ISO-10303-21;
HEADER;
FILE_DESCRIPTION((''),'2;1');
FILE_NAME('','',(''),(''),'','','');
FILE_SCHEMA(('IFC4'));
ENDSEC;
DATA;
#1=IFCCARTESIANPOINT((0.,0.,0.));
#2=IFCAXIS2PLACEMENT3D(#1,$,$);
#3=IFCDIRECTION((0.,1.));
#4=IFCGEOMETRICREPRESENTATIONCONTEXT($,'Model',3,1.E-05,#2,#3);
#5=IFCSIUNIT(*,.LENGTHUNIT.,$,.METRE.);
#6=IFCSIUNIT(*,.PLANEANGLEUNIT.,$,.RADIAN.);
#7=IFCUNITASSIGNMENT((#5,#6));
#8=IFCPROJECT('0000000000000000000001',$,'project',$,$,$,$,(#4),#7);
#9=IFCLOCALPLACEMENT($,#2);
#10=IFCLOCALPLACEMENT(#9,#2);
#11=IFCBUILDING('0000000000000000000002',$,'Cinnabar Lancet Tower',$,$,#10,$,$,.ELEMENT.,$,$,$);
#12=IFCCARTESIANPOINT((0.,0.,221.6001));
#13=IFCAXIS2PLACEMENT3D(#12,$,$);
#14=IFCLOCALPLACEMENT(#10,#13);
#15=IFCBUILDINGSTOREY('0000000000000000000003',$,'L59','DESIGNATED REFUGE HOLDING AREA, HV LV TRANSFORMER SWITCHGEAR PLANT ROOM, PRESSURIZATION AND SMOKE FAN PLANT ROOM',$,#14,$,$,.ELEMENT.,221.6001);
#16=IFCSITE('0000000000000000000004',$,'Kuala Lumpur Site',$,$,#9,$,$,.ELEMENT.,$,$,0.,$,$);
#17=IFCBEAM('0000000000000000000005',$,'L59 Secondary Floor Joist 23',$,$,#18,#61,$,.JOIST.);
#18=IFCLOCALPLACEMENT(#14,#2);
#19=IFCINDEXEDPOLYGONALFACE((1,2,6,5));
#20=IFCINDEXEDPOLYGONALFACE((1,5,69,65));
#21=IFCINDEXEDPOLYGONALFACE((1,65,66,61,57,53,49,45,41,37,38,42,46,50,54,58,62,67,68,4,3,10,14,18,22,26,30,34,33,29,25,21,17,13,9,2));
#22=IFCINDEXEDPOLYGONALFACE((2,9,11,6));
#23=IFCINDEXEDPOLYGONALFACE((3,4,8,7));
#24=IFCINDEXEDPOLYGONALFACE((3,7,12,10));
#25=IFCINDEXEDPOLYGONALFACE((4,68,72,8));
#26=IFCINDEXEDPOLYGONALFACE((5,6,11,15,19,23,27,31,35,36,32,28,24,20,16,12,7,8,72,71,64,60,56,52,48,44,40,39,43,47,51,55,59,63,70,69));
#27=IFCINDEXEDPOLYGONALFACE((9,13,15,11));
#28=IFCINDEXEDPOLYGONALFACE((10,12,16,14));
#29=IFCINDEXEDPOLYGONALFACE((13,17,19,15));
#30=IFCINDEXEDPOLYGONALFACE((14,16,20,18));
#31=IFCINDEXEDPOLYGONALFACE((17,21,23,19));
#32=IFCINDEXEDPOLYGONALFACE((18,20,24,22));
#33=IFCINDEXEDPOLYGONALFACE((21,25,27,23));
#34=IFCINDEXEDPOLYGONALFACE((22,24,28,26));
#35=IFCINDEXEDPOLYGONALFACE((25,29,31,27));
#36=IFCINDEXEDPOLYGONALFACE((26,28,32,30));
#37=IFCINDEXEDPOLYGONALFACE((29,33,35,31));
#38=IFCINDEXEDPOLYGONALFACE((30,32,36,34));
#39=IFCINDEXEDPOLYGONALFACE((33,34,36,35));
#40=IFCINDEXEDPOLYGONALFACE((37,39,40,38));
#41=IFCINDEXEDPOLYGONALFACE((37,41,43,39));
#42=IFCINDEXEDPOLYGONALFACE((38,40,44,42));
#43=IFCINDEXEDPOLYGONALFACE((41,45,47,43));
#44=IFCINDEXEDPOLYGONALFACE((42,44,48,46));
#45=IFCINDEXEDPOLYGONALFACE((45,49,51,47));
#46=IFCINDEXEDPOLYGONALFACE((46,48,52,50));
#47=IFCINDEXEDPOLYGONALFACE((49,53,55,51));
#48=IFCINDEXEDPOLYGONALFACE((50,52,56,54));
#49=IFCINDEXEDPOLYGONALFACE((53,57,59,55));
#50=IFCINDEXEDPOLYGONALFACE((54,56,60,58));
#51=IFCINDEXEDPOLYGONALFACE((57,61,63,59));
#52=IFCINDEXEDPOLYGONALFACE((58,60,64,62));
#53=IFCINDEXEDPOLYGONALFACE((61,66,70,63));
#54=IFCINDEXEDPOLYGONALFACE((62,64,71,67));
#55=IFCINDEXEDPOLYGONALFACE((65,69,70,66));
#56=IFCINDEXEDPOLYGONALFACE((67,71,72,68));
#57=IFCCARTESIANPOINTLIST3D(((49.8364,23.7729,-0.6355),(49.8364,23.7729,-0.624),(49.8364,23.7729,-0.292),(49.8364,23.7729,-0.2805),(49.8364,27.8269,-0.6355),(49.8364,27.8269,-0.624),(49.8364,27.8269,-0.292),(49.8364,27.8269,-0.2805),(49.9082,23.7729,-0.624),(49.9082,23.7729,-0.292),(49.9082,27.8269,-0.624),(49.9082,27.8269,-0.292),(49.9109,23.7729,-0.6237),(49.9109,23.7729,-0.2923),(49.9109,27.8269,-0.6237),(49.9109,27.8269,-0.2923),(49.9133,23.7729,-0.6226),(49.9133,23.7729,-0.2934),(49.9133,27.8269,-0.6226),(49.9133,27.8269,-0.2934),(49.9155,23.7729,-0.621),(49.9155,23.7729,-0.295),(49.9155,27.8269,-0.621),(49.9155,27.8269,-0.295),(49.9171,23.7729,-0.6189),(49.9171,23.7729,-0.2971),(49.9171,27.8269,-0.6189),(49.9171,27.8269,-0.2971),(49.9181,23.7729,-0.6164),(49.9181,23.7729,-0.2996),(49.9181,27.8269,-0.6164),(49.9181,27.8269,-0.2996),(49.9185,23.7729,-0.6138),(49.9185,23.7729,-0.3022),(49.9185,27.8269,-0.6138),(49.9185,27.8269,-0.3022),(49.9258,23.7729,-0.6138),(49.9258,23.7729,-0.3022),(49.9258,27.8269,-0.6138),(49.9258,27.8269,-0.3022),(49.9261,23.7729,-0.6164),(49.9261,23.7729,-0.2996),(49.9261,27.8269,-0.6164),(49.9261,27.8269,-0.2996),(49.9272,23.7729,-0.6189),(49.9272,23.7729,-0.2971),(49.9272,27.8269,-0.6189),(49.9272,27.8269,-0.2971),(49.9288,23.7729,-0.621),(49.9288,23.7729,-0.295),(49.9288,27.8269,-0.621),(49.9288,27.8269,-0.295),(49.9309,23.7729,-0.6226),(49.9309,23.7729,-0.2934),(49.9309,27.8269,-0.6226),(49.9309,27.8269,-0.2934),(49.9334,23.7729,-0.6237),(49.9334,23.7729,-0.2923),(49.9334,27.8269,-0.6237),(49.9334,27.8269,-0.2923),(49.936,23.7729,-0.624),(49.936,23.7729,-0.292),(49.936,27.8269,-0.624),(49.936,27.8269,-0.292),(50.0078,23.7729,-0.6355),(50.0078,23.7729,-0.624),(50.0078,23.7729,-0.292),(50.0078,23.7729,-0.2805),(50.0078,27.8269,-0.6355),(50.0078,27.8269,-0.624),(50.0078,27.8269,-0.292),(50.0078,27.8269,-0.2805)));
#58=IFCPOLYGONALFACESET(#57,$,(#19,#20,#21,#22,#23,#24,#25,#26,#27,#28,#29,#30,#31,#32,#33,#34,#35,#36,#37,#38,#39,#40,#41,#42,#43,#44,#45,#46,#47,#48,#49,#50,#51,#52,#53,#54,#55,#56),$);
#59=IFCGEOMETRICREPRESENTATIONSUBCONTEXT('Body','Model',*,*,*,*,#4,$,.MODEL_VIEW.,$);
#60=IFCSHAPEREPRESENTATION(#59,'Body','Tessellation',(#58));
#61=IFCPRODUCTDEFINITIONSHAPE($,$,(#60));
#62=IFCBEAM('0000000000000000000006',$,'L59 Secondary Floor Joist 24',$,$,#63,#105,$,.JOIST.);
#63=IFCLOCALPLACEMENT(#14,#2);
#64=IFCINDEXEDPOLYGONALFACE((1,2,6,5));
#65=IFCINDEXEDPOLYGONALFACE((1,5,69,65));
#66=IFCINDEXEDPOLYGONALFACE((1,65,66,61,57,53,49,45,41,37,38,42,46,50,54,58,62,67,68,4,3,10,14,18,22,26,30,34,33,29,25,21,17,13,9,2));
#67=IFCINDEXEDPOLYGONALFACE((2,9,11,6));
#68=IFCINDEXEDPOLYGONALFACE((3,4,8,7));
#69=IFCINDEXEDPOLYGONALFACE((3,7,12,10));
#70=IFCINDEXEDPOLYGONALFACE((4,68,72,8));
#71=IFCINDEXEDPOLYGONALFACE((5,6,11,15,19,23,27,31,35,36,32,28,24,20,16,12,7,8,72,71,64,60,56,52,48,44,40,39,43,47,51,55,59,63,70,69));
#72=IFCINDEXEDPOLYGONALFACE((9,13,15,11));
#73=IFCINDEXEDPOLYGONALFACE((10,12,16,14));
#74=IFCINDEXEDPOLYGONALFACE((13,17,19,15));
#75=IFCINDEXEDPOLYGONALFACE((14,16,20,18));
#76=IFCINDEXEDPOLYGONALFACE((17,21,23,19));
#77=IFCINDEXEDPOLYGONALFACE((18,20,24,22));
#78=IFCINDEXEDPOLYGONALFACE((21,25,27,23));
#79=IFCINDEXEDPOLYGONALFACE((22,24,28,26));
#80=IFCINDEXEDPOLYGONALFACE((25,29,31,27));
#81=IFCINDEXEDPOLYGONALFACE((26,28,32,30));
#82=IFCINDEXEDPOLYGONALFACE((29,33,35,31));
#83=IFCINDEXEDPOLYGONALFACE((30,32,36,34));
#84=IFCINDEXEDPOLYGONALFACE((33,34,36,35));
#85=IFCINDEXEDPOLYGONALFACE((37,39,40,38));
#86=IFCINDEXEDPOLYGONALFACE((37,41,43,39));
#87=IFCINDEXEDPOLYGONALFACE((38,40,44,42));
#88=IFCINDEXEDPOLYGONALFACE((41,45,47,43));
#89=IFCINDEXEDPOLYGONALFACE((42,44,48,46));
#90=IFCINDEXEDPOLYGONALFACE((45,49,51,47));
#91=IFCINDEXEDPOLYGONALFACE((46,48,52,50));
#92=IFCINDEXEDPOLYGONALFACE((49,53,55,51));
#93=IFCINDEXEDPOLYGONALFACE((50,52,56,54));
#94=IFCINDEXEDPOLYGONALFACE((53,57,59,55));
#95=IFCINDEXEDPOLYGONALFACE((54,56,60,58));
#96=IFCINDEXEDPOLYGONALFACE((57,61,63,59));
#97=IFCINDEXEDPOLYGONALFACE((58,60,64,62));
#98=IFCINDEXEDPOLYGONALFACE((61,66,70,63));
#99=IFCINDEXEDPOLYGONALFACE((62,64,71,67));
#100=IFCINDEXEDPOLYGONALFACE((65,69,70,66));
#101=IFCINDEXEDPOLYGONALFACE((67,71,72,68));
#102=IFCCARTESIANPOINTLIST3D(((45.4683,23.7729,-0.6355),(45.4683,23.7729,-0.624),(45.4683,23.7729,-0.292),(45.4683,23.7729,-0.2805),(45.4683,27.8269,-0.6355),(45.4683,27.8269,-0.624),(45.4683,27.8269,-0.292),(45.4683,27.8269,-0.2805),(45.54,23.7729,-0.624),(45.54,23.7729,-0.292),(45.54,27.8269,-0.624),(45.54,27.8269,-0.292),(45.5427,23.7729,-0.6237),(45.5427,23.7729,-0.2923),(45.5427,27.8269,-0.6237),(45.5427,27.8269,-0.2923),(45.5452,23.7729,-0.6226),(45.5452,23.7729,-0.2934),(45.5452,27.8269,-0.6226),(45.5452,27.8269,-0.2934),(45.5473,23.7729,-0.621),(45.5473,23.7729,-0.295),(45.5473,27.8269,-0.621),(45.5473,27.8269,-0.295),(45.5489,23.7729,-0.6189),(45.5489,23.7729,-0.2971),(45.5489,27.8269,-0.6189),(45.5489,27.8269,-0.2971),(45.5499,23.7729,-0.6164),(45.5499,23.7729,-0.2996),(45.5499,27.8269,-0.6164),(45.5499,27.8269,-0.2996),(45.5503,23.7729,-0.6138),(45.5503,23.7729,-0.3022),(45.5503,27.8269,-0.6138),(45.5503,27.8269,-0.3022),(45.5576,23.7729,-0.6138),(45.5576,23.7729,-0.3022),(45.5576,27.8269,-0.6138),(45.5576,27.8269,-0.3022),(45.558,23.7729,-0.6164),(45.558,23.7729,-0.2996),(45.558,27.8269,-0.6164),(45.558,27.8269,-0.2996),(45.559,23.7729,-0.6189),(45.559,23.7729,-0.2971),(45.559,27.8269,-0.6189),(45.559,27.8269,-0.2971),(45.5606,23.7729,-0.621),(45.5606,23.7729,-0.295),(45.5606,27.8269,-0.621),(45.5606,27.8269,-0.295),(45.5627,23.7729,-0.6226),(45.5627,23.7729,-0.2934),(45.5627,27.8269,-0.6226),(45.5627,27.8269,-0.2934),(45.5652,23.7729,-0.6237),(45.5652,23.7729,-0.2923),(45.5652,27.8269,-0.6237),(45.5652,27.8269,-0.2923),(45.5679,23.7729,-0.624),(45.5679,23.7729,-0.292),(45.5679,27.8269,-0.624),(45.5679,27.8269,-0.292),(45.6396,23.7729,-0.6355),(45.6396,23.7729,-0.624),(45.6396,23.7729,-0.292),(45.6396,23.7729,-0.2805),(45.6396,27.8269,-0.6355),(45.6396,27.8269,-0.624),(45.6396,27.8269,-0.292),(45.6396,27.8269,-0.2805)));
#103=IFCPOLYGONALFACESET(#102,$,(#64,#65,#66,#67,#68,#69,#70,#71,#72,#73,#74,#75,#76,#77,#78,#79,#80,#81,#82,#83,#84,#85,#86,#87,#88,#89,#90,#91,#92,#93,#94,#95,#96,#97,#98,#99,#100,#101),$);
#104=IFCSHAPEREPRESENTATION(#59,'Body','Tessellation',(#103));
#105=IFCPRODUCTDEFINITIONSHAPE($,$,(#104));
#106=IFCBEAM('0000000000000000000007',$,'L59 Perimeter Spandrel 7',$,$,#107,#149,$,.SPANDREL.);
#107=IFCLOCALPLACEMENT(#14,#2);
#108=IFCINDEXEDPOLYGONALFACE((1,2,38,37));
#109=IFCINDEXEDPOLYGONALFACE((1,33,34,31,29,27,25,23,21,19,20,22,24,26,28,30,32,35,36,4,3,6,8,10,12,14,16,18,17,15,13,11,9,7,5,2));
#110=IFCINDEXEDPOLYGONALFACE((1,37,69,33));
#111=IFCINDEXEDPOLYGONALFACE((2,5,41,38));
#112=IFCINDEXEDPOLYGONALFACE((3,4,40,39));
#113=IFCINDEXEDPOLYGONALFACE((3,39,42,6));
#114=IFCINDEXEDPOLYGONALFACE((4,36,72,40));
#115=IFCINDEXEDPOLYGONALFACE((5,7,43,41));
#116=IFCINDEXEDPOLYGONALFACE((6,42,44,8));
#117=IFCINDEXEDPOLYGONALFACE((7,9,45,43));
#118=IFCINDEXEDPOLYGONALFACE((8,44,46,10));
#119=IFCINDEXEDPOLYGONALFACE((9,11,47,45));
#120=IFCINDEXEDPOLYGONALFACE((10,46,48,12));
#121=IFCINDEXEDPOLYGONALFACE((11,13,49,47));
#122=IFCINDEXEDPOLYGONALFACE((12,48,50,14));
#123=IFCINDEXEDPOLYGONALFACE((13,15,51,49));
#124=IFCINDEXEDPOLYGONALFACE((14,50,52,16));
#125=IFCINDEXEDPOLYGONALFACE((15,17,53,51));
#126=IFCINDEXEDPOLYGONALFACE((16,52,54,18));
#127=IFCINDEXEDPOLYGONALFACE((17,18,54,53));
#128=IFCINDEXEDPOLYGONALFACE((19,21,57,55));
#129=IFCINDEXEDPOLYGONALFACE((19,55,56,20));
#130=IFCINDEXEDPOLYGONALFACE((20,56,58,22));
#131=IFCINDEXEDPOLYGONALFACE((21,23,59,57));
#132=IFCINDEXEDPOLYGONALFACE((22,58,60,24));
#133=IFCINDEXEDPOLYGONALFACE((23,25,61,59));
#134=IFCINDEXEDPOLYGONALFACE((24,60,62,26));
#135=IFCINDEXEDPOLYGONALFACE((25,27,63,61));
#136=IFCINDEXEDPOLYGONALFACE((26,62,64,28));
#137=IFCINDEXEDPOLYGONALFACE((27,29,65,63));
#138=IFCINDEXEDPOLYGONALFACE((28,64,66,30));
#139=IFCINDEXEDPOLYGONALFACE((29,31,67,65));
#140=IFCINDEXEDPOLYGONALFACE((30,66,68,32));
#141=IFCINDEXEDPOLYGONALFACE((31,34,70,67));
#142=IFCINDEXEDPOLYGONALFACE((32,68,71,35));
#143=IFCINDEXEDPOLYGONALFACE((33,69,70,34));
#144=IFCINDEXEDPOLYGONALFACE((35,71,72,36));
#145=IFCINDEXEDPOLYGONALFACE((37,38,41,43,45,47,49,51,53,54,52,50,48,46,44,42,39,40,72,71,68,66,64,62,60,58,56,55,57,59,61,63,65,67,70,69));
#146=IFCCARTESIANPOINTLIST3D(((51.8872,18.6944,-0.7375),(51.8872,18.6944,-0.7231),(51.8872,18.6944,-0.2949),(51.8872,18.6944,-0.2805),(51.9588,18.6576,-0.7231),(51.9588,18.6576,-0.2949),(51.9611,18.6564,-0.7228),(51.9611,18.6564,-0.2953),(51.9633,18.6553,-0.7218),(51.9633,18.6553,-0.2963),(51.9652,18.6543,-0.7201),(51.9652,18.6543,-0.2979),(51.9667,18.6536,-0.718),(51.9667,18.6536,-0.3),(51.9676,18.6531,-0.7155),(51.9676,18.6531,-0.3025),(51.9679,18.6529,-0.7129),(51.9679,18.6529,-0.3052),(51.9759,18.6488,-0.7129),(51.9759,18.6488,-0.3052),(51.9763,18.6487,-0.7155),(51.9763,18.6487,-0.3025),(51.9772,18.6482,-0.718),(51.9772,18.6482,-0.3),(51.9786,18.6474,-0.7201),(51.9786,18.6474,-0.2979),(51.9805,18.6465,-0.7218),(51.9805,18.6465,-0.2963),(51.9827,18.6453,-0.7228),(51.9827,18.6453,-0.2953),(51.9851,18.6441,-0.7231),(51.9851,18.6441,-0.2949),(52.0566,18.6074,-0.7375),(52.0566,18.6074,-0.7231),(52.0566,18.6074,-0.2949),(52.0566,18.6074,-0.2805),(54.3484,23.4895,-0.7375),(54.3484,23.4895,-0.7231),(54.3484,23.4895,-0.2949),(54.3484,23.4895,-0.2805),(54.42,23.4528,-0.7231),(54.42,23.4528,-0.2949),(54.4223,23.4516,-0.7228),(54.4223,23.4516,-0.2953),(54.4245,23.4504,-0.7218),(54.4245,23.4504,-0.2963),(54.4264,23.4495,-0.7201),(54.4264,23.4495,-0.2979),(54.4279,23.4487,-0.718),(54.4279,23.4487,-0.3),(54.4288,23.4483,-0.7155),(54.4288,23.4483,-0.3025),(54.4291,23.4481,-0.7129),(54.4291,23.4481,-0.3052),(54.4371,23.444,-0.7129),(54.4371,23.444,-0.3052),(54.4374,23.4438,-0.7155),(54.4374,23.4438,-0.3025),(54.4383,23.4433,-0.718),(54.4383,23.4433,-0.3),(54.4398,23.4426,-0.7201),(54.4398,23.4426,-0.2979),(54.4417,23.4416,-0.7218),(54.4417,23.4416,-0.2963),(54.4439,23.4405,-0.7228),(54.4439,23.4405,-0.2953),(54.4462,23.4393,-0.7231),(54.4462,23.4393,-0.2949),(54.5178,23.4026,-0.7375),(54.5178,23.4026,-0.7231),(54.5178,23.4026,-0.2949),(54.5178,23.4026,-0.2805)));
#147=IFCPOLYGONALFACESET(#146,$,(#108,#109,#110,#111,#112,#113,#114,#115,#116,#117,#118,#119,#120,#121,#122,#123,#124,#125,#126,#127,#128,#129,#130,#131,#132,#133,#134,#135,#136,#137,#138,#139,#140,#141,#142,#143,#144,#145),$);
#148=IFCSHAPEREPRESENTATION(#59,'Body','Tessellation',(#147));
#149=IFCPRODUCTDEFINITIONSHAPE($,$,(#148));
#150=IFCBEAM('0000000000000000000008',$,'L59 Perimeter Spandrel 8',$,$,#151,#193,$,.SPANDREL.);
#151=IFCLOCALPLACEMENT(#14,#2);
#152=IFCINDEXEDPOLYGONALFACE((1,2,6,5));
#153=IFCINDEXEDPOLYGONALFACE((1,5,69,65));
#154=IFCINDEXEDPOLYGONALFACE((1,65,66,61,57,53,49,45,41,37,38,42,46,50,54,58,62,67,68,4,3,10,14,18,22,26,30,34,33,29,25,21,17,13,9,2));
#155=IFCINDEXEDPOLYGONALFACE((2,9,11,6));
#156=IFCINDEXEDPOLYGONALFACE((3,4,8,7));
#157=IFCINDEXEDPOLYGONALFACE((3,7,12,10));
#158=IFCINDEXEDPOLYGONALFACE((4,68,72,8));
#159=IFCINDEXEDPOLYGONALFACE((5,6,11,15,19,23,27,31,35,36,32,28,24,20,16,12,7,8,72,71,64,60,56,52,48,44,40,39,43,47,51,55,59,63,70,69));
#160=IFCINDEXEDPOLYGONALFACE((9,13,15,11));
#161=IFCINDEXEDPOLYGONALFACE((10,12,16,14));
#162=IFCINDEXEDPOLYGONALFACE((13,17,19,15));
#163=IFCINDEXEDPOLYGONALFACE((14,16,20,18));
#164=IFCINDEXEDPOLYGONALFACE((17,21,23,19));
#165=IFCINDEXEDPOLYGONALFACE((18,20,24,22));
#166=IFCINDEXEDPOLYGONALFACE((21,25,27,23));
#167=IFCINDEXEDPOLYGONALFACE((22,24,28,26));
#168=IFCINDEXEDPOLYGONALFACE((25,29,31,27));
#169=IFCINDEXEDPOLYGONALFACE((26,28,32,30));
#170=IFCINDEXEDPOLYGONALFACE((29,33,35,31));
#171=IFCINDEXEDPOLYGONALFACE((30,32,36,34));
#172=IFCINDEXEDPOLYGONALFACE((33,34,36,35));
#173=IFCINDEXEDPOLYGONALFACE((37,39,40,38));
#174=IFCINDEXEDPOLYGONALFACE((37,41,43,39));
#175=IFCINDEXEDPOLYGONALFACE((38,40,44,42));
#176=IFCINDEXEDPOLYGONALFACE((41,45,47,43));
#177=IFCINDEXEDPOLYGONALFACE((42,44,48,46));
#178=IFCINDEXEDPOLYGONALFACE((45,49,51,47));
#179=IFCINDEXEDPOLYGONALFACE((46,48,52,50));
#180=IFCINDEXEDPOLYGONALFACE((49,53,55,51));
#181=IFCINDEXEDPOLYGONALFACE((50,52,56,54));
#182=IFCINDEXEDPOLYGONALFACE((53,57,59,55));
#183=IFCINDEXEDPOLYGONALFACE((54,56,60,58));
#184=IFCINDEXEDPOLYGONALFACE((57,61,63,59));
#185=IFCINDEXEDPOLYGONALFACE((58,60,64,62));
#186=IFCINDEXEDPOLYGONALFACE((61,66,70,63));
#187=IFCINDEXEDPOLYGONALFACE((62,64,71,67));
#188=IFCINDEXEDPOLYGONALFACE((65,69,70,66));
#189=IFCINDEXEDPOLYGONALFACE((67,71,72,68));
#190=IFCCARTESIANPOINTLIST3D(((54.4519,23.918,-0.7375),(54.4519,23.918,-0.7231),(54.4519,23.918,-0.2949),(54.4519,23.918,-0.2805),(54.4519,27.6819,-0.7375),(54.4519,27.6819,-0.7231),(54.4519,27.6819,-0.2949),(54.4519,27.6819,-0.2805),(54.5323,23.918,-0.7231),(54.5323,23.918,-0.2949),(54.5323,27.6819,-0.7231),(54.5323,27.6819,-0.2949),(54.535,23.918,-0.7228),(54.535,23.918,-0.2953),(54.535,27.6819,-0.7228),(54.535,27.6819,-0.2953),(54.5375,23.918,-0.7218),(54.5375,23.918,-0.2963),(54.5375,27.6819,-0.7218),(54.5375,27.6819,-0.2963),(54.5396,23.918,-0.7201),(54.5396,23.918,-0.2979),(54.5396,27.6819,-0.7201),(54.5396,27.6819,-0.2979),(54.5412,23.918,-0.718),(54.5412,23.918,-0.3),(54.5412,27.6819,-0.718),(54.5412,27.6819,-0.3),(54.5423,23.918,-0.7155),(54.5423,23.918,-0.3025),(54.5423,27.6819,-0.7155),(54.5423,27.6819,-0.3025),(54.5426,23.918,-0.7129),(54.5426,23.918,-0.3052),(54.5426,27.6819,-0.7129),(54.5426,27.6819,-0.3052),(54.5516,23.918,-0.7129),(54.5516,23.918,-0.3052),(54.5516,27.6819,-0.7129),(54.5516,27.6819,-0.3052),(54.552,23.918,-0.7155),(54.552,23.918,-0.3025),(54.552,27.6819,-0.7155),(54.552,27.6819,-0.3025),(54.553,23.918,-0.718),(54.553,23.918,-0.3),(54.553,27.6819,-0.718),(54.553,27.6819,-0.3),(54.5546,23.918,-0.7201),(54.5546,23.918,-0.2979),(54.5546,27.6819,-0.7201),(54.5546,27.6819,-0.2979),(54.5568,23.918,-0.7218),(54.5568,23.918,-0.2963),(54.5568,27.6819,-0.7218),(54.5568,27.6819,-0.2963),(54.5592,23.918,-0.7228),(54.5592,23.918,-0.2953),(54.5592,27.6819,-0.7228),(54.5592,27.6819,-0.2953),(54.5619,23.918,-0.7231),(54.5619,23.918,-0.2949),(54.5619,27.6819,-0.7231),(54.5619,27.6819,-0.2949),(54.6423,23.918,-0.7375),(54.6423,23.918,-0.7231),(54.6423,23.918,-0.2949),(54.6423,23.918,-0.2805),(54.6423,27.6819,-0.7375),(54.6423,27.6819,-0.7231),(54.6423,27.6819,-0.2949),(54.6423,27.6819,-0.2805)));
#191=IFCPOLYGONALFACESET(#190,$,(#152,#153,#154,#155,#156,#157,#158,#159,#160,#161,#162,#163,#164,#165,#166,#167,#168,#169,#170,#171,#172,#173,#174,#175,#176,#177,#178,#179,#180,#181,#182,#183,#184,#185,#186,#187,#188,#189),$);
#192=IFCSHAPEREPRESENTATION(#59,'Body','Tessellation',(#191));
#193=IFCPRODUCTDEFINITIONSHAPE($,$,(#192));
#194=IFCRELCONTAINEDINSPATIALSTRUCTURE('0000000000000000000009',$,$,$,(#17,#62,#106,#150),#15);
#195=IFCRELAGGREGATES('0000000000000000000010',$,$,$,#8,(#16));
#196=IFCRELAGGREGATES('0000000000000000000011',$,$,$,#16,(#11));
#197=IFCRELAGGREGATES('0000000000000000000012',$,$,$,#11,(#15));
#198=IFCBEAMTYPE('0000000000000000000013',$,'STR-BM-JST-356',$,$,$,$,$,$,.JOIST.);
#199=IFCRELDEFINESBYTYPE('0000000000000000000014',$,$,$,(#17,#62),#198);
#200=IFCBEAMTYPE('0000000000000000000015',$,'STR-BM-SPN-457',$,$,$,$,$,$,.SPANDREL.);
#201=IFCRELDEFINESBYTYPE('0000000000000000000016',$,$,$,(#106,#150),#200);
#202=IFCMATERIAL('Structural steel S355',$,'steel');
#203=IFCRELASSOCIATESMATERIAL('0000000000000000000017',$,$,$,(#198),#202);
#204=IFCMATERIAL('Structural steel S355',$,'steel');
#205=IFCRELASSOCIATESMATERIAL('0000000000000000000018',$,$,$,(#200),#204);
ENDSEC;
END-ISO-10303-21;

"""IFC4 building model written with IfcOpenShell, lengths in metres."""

from ifc_helpers import new_model, si_unit, direction, frame, origin, origin_2d, place, context, subcontext, project, spatial, i_section, extrude, material, material_profile, profile_set, type_object, element, save


model = new_model("IFC4")

# Units and contexts
model_context = context("Model", 3, precision=1e-05, world=origin(), true_north=direction((0.0, 1.0)))
body_context = subcontext(model_context, "Body", "Model", "MODEL_VIEW")
ifc_project = project(units=[si_unit("LENGTHUNIT", "METRE"), si_unit("PLANEANGLEUNIT", "RADIAN")], contexts=[model_context])

# Site, building, storey
site_placement = place(None, origin())
site = spatial("IfcSite", under=ifc_project, at=site_placement, Name="Kuala Lumpur Site", CompositionType="ELEMENT", RefElevation=0.0)
building_placement = place(site_placement, origin())
building = spatial("IfcBuilding", under=site, at=building_placement, Name="Cinnabar Lancet Tower", CompositionType="ELEMENT")
storey_placement = place(building_placement, frame((0.0, 0.0, 221.6001)))
storey = spatial("IfcBuildingStorey", under=building, at=storey_placement, Name="L59", Description="DESIGNATED REFUGE HOLDING AREA, HV LV TRANSFORMER SWITCHGEAR PLANT ROOM, PRESSURIZATION AND SMOKE FAN PLANT ROOM", CompositionType="ELEMENT", Elevation=221.6001)

# Beams
ifc_material_1 = material(Name="Structural steel S355", Category="steel")
ifc_material_profile_1 = material_profile(ifc_material_1, i_section(OverallWidth=0.1714, OverallDepth=0.355, WebThickness=0.0073, FlangeThickness=0.0115, FilletRadius=0.0103, at=origin_2d()), Name="UKB 356x171x51")
ifc_profile_set_1 = profile_set([ifc_material_profile_1], Name="Structural steel S355")
beam_type_1 = type_object("IfcBeamType", Name="STR-BM-JST-356", PredefinedType="JOIST", material=ifc_profile_set_1)
for number, where, z_axis, x_axis, name in (
    (1, (49.9221, 23.7729, -0.458), (0.0, 1.0, 0.0), (-1.0, 0.0, 0.0), "L59 Secondary Floor Joist 23"),
    (2, (45.554, 23.7729, -0.458), (0.0, 1.0, 0.0), (-1.0, 0.0, 0.0), "L59 Secondary Floor Joist 24"),
):
    element("IfcBeam", number, at=place(storey_placement, frame(where, z_axis=z_axis, x_axis=x_axis)), inside=storey, type_object=beam_type_1, Name=name, PredefinedType="JOIST", context=body_context, shape_type="SweptSolid", body=[
        extrude(i_section(OverallWidth=0.1714, OverallDepth=0.355, WebThickness=0.0073, FlangeThickness=0.0115, FilletRadius=0.0103, at=origin_2d()), origin(), (0.0, 0.0, 1.0), 4.054),
    ])
ifc_material_2 = material(Name="Structural steel S355", Category="steel")
ifc_material_profile_2 = material_profile(ifc_material_2, i_section(OverallWidth=0.1904, OverallDepth=0.457, WebThickness=0.009, FlangeThickness=0.0144, FilletRadius=0.0103, at=origin_2d()), Name="UKB 457x191x74")
ifc_profile_set_2 = profile_set([ifc_material_profile_2], Name="Structural steel S355")
beam_type_2 = type_object("IfcBeamType", Name="STR-BM-SPN-457", PredefinedType="SPANDREL", material=ifc_profile_set_2)
beam_1_placement = place(storey_placement, frame((51.9719, 18.6509, -0.509), z_axis=(0.456628, 0.889658, 0.0), x_axis=(-0.889658, 0.456628, 0.0)))
element("IfcBeam", 3, at=beam_1_placement, inside=storey, type_object=beam_type_2, Name="L59 Perimeter Spandrel 7", PredefinedType="SPANDREL", context=body_context, shape_type="SweptSolid", body=[
    extrude(i_section(OverallWidth=0.1904, OverallDepth=0.457, WebThickness=0.009, FlangeThickness=0.0144, FilletRadius=0.0103, at=origin_2d()), origin(), (0.0, 0.0, 1.0), 5.3899),
])
beam_2_placement = place(storey_placement, frame((54.5471, 23.918, -0.509), z_axis=(0.0, 1.0, 0.0), x_axis=(-1.0, 0.0, 0.0)))
element("IfcBeam", 4, at=beam_2_placement, inside=storey, type_object=beam_type_2, Name="L59 Perimeter Spandrel 8", PredefinedType="SPANDREL", context=body_context, shape_type="SweptSolid", body=[
    extrude(i_section(OverallWidth=0.1904, OverallDepth=0.457, WebThickness=0.009, FlangeThickness=0.0144, FilletRadius=0.0103, at=origin_2d()), origin(), (0.0, 0.0, 1.0), 3.7639),
])

save(model, "model.ifc")
